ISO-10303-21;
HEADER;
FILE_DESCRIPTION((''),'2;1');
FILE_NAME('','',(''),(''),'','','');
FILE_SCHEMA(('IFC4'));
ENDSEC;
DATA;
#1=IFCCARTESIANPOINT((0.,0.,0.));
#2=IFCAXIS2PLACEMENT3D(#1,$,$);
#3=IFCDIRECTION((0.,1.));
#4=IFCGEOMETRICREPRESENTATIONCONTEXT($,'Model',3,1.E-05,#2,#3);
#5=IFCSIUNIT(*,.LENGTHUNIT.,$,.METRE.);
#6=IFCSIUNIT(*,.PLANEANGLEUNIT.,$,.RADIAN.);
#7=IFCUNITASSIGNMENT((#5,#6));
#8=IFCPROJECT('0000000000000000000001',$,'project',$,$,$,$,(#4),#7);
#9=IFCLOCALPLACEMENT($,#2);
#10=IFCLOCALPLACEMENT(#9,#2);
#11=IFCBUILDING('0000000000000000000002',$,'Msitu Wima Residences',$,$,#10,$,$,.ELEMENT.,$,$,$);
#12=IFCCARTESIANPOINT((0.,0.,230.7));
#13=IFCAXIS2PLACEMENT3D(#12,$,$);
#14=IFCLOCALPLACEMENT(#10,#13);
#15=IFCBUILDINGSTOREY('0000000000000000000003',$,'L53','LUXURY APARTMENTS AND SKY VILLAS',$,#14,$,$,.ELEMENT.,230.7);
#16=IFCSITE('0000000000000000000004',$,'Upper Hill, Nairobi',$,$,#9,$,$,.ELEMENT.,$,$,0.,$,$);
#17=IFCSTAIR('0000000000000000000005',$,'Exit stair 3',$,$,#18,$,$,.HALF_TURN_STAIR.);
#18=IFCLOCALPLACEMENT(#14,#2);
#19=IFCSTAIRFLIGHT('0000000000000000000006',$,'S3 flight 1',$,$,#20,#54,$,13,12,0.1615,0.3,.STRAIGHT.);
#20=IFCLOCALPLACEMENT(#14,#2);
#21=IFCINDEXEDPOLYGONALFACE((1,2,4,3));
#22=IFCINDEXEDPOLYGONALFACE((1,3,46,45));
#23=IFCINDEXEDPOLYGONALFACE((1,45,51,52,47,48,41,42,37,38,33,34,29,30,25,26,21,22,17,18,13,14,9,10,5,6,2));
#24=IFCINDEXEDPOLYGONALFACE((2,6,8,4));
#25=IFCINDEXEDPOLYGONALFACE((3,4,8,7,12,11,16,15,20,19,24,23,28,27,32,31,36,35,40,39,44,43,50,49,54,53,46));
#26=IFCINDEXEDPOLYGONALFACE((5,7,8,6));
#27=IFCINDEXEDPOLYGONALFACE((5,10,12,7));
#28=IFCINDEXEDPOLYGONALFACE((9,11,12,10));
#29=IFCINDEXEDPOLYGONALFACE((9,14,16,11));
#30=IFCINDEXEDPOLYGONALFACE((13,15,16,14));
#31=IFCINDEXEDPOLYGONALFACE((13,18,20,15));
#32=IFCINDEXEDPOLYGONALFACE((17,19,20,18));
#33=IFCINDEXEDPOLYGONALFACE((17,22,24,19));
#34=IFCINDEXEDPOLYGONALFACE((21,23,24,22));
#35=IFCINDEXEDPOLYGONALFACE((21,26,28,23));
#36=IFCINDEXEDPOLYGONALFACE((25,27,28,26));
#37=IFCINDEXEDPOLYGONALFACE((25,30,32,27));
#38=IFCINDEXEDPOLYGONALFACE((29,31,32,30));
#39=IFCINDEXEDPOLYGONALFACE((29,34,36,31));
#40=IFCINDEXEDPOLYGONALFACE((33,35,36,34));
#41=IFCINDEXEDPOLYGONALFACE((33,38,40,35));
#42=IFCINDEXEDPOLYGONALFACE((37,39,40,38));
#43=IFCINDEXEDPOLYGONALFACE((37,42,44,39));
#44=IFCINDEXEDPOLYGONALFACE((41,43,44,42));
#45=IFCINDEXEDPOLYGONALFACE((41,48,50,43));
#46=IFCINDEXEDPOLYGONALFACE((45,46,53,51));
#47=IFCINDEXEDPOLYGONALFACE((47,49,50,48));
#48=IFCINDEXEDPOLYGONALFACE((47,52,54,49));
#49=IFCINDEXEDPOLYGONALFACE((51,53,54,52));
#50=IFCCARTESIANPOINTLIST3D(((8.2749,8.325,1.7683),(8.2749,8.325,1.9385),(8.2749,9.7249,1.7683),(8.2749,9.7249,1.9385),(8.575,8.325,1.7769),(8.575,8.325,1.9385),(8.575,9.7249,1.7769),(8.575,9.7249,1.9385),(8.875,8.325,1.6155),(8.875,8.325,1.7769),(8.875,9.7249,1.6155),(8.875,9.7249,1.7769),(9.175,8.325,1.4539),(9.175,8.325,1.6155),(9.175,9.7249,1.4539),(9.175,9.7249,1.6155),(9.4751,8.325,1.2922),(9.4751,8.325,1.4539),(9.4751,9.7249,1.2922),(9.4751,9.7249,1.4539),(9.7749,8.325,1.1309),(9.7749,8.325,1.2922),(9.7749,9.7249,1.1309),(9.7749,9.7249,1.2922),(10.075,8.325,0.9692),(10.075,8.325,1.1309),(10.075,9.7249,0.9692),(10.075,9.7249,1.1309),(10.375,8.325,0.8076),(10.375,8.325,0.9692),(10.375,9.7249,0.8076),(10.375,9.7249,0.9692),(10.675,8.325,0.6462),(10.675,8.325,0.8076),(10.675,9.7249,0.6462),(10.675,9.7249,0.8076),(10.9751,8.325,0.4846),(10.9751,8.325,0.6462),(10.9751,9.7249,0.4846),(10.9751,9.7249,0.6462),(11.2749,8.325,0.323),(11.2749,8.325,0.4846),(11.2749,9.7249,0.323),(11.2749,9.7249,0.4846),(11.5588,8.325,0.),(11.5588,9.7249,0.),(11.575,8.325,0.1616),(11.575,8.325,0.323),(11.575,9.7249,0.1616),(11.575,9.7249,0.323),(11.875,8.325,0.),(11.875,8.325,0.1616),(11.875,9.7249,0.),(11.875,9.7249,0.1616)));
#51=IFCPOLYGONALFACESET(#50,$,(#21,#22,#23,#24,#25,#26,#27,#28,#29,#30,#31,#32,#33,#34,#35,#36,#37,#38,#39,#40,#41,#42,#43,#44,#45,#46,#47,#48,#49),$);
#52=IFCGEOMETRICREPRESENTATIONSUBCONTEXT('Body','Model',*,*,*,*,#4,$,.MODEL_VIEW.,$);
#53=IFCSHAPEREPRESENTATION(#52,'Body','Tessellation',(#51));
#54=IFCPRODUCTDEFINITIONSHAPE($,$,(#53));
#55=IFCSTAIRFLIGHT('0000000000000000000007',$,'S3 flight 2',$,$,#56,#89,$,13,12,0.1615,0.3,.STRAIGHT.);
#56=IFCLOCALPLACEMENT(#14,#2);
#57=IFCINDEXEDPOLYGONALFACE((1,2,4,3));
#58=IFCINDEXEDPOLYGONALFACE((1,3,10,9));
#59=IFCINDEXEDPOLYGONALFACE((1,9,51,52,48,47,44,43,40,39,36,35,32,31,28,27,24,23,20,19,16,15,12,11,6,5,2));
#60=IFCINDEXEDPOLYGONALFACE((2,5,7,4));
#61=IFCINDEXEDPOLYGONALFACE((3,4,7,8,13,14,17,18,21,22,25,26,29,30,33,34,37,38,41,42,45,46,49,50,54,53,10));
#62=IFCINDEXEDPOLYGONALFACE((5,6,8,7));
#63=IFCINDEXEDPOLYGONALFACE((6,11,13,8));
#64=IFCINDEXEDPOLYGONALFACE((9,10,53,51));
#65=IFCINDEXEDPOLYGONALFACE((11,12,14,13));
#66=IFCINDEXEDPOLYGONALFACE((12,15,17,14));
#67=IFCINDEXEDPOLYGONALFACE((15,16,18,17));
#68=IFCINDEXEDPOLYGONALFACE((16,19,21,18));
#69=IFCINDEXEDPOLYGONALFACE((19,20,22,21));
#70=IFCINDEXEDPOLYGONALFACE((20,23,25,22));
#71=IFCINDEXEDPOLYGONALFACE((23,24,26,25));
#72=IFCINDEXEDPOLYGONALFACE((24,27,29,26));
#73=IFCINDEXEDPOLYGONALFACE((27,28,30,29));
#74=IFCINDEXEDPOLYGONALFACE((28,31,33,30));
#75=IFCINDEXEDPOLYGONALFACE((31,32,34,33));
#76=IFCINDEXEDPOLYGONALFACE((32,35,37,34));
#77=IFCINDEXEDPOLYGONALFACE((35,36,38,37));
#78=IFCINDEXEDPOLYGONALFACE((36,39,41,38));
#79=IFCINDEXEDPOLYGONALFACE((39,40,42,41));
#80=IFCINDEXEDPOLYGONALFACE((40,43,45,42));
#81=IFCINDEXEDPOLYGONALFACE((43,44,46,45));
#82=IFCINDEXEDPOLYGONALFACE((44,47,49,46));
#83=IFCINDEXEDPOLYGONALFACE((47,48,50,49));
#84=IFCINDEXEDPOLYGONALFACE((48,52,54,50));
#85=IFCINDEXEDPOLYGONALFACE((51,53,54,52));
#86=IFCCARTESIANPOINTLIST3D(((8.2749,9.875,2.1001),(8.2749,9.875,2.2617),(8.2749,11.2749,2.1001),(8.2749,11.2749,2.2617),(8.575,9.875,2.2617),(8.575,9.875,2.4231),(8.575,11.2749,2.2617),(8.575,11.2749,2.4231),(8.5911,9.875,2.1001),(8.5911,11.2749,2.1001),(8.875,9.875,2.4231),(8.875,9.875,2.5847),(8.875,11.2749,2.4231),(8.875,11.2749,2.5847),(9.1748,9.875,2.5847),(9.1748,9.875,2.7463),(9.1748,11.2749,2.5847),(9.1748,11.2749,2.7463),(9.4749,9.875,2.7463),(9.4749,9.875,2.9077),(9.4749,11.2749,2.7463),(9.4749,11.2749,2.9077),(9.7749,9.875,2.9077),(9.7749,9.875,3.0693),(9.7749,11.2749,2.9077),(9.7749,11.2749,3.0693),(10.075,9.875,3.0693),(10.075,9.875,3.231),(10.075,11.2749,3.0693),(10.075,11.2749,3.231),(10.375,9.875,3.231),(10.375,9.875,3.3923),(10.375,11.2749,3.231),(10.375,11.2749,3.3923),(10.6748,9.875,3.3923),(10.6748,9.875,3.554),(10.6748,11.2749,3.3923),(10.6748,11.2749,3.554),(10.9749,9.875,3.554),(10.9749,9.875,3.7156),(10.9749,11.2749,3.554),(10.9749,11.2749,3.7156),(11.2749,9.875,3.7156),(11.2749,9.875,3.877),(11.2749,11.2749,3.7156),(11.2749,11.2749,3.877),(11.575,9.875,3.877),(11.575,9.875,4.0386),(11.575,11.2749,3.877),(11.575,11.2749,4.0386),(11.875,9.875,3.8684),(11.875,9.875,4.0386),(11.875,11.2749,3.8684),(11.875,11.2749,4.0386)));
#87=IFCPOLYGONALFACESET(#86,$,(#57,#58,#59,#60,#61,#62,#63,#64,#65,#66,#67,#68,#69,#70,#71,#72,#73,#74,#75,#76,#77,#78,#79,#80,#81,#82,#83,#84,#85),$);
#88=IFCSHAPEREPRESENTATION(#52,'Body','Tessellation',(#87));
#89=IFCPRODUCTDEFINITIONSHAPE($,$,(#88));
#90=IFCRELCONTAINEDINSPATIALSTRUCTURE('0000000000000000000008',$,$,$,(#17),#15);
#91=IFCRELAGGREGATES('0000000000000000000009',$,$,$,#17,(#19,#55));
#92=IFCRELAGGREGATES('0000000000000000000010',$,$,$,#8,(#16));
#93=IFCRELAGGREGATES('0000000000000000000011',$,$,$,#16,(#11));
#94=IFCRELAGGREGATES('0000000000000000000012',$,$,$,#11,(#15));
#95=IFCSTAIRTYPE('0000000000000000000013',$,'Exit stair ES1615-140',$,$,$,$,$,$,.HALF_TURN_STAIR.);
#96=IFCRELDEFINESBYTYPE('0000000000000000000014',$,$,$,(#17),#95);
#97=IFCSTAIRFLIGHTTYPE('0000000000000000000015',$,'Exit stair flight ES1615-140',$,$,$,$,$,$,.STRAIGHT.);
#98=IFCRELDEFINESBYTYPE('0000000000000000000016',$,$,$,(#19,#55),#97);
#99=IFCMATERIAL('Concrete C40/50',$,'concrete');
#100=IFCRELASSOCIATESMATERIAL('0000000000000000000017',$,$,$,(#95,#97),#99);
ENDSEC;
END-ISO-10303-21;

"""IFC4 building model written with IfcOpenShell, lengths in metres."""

from ifc_helpers import new_model, si_unit, direction, frame, origin, place, context, subcontext, project, spatial, polyline, outline, extrude, material, type_object, element, aggregate, save


model = new_model("IFC4")

# Units and contexts
model_context = context("Model", 3, precision=1e-05, world=origin(), true_north=direction((0.0, 1.0)))
body_context = subcontext(model_context, "Body", "Model", "MODEL_VIEW")
ifc_project = project(units=[si_unit("LENGTHUNIT", "METRE"), si_unit("PLANEANGLEUNIT", "RADIAN")], contexts=[model_context])

# Site, building, storey
site_placement = place(None, origin())
site = spatial("IfcSite", under=ifc_project, at=site_placement, Name="Upper Hill, Nairobi", CompositionType="ELEMENT", RefElevation=0.0)
building_placement = place(site_placement, origin())
building = spatial("IfcBuilding", under=site, at=building_placement, Name="Msitu Wima Residences", CompositionType="ELEMENT")
storey_placement = place(building_placement, frame((0.0, 0.0, 230.7)))
storey = spatial("IfcBuildingStorey", under=building, at=storey_placement, Name="L53", Description="LUXURY APARTMENTS AND SKY VILLAS", CompositionType="ELEMENT", Elevation=230.7)

# Shared definitions
ifc_material_1 = material(Name="Concrete C40/50", Category="concrete")

# Stair, stair flights
stair_type = type_object("IfcStairType", Name="Exit stair ES1615-140", PredefinedType="HALF_TURN_STAIR", material=ifc_material_1)
stair_placement = place(storey_placement, origin())
stair = element("IfcStair", 1, at=stair_placement, inside=storey, type_object=stair_type, Name="Exit stair 3", PredefinedType="HALF_TURN_STAIR")
stair_flight_type = type_object("IfcStairFlightType", Name="Exit stair flight ES1615-140", PredefinedType="STRAIGHT", material=ifc_material_1)
stair_flight_1_placement = place(storey_placement, frame((11.875, 9.0249, 0.0), z_axis=(0.0, 0.0, 1.0), x_axis=(-1.0, 0.0, 0.0)))
stair_flight_1 = element("IfcStairFlight", 2, at=stair_flight_1_placement, type_object=stair_flight_type, Name="S3 flight 1", NumberOfRisers=13, NumberOfTreads=12, PredefinedType="STRAIGHT", RiserHeight=0.1615, TreadLength=0.3, context=body_context, shape_type="SweptSolid", body=[
    extrude(outline(polyline([(0.0, 0.0), (0.0, 0.1616), (0.3, 0.1616), (0.3, 0.323), (0.6001, 0.323), (0.6001, 0.4846), (0.8999, 0.4846), (0.8999, 0.6462), (1.2, 0.6462), (1.2, 0.8076), (1.5, 0.8076), (1.5, 0.9692), (1.8, 0.9692), (1.8, 1.1309), (2.1001, 1.1309), (2.1001, 1.2922), (2.3999, 1.2922), (2.3999, 1.4539), (2.7, 1.4539), (2.7, 1.6155), (3.0, 1.6155), (3.0, 1.7769), (3.3, 1.7769), (3.3, 1.9385), (3.6001, 1.9385), (3.6001, 2.1001), (3.6001, 1.7683), (0.3162, 0.0), (0.0, 0.0)])), frame((0.0, 0.7, 0.0), z_axis=(0.0, -1.0, 0.0), x_axis=(1.0, 0.0, 0.0)), (0.0, 0.0, 1.0), 1.3999),
])
stair_flight_2_placement = place(storey_placement, frame((8.2749, 10.575, 2.1001), z_axis=(0.0, 0.0, 1.0), x_axis=(1.0, 0.0, 0.0)))
stair_flight_2 = element("IfcStairFlight", 3, at=stair_flight_2_placement, type_object=stair_flight_type, Name="S3 flight 2", NumberOfRisers=13, NumberOfTreads=12, PredefinedType="STRAIGHT", RiserHeight=0.1615, TreadLength=0.3, context=body_context, shape_type="SweptSolid", body=[
    extrude(outline(polyline([(0.0, 0.0), (0.0, 0.1616), (0.3, 0.1616), (0.3, 0.323), (0.6001, 0.323), (0.6001, 0.4846), (0.8999, 0.4846), (0.8999, 0.6462), (1.2, 0.6462), (1.2, 0.8076), (1.5, 0.8076), (1.5, 0.9692), (1.8, 0.9692), (1.8, 1.1309), (2.1001, 1.1309), (2.1001, 1.2922), (2.3999, 1.2922), (2.3999, 1.4539), (2.7, 1.4539), (2.7, 1.6155), (3.0, 1.6155), (3.0, 1.7769), (3.3, 1.7769), (3.3, 1.9385), (3.6001, 1.9385), (3.6001, 2.1001), (3.6001, 1.7683), (0.3162, 0.0), (0.0, 0.0)])), frame((0.0, 0.7, 0.0), z_axis=(0.0, -1.0, 0.0), x_axis=(1.0, 0.0, 0.0)), (0.0, 0.0, 1.0), 1.3999),
])
aggregate(stair, [stair_flight_1, stair_flight_2])

save(model, "model.ifc")
